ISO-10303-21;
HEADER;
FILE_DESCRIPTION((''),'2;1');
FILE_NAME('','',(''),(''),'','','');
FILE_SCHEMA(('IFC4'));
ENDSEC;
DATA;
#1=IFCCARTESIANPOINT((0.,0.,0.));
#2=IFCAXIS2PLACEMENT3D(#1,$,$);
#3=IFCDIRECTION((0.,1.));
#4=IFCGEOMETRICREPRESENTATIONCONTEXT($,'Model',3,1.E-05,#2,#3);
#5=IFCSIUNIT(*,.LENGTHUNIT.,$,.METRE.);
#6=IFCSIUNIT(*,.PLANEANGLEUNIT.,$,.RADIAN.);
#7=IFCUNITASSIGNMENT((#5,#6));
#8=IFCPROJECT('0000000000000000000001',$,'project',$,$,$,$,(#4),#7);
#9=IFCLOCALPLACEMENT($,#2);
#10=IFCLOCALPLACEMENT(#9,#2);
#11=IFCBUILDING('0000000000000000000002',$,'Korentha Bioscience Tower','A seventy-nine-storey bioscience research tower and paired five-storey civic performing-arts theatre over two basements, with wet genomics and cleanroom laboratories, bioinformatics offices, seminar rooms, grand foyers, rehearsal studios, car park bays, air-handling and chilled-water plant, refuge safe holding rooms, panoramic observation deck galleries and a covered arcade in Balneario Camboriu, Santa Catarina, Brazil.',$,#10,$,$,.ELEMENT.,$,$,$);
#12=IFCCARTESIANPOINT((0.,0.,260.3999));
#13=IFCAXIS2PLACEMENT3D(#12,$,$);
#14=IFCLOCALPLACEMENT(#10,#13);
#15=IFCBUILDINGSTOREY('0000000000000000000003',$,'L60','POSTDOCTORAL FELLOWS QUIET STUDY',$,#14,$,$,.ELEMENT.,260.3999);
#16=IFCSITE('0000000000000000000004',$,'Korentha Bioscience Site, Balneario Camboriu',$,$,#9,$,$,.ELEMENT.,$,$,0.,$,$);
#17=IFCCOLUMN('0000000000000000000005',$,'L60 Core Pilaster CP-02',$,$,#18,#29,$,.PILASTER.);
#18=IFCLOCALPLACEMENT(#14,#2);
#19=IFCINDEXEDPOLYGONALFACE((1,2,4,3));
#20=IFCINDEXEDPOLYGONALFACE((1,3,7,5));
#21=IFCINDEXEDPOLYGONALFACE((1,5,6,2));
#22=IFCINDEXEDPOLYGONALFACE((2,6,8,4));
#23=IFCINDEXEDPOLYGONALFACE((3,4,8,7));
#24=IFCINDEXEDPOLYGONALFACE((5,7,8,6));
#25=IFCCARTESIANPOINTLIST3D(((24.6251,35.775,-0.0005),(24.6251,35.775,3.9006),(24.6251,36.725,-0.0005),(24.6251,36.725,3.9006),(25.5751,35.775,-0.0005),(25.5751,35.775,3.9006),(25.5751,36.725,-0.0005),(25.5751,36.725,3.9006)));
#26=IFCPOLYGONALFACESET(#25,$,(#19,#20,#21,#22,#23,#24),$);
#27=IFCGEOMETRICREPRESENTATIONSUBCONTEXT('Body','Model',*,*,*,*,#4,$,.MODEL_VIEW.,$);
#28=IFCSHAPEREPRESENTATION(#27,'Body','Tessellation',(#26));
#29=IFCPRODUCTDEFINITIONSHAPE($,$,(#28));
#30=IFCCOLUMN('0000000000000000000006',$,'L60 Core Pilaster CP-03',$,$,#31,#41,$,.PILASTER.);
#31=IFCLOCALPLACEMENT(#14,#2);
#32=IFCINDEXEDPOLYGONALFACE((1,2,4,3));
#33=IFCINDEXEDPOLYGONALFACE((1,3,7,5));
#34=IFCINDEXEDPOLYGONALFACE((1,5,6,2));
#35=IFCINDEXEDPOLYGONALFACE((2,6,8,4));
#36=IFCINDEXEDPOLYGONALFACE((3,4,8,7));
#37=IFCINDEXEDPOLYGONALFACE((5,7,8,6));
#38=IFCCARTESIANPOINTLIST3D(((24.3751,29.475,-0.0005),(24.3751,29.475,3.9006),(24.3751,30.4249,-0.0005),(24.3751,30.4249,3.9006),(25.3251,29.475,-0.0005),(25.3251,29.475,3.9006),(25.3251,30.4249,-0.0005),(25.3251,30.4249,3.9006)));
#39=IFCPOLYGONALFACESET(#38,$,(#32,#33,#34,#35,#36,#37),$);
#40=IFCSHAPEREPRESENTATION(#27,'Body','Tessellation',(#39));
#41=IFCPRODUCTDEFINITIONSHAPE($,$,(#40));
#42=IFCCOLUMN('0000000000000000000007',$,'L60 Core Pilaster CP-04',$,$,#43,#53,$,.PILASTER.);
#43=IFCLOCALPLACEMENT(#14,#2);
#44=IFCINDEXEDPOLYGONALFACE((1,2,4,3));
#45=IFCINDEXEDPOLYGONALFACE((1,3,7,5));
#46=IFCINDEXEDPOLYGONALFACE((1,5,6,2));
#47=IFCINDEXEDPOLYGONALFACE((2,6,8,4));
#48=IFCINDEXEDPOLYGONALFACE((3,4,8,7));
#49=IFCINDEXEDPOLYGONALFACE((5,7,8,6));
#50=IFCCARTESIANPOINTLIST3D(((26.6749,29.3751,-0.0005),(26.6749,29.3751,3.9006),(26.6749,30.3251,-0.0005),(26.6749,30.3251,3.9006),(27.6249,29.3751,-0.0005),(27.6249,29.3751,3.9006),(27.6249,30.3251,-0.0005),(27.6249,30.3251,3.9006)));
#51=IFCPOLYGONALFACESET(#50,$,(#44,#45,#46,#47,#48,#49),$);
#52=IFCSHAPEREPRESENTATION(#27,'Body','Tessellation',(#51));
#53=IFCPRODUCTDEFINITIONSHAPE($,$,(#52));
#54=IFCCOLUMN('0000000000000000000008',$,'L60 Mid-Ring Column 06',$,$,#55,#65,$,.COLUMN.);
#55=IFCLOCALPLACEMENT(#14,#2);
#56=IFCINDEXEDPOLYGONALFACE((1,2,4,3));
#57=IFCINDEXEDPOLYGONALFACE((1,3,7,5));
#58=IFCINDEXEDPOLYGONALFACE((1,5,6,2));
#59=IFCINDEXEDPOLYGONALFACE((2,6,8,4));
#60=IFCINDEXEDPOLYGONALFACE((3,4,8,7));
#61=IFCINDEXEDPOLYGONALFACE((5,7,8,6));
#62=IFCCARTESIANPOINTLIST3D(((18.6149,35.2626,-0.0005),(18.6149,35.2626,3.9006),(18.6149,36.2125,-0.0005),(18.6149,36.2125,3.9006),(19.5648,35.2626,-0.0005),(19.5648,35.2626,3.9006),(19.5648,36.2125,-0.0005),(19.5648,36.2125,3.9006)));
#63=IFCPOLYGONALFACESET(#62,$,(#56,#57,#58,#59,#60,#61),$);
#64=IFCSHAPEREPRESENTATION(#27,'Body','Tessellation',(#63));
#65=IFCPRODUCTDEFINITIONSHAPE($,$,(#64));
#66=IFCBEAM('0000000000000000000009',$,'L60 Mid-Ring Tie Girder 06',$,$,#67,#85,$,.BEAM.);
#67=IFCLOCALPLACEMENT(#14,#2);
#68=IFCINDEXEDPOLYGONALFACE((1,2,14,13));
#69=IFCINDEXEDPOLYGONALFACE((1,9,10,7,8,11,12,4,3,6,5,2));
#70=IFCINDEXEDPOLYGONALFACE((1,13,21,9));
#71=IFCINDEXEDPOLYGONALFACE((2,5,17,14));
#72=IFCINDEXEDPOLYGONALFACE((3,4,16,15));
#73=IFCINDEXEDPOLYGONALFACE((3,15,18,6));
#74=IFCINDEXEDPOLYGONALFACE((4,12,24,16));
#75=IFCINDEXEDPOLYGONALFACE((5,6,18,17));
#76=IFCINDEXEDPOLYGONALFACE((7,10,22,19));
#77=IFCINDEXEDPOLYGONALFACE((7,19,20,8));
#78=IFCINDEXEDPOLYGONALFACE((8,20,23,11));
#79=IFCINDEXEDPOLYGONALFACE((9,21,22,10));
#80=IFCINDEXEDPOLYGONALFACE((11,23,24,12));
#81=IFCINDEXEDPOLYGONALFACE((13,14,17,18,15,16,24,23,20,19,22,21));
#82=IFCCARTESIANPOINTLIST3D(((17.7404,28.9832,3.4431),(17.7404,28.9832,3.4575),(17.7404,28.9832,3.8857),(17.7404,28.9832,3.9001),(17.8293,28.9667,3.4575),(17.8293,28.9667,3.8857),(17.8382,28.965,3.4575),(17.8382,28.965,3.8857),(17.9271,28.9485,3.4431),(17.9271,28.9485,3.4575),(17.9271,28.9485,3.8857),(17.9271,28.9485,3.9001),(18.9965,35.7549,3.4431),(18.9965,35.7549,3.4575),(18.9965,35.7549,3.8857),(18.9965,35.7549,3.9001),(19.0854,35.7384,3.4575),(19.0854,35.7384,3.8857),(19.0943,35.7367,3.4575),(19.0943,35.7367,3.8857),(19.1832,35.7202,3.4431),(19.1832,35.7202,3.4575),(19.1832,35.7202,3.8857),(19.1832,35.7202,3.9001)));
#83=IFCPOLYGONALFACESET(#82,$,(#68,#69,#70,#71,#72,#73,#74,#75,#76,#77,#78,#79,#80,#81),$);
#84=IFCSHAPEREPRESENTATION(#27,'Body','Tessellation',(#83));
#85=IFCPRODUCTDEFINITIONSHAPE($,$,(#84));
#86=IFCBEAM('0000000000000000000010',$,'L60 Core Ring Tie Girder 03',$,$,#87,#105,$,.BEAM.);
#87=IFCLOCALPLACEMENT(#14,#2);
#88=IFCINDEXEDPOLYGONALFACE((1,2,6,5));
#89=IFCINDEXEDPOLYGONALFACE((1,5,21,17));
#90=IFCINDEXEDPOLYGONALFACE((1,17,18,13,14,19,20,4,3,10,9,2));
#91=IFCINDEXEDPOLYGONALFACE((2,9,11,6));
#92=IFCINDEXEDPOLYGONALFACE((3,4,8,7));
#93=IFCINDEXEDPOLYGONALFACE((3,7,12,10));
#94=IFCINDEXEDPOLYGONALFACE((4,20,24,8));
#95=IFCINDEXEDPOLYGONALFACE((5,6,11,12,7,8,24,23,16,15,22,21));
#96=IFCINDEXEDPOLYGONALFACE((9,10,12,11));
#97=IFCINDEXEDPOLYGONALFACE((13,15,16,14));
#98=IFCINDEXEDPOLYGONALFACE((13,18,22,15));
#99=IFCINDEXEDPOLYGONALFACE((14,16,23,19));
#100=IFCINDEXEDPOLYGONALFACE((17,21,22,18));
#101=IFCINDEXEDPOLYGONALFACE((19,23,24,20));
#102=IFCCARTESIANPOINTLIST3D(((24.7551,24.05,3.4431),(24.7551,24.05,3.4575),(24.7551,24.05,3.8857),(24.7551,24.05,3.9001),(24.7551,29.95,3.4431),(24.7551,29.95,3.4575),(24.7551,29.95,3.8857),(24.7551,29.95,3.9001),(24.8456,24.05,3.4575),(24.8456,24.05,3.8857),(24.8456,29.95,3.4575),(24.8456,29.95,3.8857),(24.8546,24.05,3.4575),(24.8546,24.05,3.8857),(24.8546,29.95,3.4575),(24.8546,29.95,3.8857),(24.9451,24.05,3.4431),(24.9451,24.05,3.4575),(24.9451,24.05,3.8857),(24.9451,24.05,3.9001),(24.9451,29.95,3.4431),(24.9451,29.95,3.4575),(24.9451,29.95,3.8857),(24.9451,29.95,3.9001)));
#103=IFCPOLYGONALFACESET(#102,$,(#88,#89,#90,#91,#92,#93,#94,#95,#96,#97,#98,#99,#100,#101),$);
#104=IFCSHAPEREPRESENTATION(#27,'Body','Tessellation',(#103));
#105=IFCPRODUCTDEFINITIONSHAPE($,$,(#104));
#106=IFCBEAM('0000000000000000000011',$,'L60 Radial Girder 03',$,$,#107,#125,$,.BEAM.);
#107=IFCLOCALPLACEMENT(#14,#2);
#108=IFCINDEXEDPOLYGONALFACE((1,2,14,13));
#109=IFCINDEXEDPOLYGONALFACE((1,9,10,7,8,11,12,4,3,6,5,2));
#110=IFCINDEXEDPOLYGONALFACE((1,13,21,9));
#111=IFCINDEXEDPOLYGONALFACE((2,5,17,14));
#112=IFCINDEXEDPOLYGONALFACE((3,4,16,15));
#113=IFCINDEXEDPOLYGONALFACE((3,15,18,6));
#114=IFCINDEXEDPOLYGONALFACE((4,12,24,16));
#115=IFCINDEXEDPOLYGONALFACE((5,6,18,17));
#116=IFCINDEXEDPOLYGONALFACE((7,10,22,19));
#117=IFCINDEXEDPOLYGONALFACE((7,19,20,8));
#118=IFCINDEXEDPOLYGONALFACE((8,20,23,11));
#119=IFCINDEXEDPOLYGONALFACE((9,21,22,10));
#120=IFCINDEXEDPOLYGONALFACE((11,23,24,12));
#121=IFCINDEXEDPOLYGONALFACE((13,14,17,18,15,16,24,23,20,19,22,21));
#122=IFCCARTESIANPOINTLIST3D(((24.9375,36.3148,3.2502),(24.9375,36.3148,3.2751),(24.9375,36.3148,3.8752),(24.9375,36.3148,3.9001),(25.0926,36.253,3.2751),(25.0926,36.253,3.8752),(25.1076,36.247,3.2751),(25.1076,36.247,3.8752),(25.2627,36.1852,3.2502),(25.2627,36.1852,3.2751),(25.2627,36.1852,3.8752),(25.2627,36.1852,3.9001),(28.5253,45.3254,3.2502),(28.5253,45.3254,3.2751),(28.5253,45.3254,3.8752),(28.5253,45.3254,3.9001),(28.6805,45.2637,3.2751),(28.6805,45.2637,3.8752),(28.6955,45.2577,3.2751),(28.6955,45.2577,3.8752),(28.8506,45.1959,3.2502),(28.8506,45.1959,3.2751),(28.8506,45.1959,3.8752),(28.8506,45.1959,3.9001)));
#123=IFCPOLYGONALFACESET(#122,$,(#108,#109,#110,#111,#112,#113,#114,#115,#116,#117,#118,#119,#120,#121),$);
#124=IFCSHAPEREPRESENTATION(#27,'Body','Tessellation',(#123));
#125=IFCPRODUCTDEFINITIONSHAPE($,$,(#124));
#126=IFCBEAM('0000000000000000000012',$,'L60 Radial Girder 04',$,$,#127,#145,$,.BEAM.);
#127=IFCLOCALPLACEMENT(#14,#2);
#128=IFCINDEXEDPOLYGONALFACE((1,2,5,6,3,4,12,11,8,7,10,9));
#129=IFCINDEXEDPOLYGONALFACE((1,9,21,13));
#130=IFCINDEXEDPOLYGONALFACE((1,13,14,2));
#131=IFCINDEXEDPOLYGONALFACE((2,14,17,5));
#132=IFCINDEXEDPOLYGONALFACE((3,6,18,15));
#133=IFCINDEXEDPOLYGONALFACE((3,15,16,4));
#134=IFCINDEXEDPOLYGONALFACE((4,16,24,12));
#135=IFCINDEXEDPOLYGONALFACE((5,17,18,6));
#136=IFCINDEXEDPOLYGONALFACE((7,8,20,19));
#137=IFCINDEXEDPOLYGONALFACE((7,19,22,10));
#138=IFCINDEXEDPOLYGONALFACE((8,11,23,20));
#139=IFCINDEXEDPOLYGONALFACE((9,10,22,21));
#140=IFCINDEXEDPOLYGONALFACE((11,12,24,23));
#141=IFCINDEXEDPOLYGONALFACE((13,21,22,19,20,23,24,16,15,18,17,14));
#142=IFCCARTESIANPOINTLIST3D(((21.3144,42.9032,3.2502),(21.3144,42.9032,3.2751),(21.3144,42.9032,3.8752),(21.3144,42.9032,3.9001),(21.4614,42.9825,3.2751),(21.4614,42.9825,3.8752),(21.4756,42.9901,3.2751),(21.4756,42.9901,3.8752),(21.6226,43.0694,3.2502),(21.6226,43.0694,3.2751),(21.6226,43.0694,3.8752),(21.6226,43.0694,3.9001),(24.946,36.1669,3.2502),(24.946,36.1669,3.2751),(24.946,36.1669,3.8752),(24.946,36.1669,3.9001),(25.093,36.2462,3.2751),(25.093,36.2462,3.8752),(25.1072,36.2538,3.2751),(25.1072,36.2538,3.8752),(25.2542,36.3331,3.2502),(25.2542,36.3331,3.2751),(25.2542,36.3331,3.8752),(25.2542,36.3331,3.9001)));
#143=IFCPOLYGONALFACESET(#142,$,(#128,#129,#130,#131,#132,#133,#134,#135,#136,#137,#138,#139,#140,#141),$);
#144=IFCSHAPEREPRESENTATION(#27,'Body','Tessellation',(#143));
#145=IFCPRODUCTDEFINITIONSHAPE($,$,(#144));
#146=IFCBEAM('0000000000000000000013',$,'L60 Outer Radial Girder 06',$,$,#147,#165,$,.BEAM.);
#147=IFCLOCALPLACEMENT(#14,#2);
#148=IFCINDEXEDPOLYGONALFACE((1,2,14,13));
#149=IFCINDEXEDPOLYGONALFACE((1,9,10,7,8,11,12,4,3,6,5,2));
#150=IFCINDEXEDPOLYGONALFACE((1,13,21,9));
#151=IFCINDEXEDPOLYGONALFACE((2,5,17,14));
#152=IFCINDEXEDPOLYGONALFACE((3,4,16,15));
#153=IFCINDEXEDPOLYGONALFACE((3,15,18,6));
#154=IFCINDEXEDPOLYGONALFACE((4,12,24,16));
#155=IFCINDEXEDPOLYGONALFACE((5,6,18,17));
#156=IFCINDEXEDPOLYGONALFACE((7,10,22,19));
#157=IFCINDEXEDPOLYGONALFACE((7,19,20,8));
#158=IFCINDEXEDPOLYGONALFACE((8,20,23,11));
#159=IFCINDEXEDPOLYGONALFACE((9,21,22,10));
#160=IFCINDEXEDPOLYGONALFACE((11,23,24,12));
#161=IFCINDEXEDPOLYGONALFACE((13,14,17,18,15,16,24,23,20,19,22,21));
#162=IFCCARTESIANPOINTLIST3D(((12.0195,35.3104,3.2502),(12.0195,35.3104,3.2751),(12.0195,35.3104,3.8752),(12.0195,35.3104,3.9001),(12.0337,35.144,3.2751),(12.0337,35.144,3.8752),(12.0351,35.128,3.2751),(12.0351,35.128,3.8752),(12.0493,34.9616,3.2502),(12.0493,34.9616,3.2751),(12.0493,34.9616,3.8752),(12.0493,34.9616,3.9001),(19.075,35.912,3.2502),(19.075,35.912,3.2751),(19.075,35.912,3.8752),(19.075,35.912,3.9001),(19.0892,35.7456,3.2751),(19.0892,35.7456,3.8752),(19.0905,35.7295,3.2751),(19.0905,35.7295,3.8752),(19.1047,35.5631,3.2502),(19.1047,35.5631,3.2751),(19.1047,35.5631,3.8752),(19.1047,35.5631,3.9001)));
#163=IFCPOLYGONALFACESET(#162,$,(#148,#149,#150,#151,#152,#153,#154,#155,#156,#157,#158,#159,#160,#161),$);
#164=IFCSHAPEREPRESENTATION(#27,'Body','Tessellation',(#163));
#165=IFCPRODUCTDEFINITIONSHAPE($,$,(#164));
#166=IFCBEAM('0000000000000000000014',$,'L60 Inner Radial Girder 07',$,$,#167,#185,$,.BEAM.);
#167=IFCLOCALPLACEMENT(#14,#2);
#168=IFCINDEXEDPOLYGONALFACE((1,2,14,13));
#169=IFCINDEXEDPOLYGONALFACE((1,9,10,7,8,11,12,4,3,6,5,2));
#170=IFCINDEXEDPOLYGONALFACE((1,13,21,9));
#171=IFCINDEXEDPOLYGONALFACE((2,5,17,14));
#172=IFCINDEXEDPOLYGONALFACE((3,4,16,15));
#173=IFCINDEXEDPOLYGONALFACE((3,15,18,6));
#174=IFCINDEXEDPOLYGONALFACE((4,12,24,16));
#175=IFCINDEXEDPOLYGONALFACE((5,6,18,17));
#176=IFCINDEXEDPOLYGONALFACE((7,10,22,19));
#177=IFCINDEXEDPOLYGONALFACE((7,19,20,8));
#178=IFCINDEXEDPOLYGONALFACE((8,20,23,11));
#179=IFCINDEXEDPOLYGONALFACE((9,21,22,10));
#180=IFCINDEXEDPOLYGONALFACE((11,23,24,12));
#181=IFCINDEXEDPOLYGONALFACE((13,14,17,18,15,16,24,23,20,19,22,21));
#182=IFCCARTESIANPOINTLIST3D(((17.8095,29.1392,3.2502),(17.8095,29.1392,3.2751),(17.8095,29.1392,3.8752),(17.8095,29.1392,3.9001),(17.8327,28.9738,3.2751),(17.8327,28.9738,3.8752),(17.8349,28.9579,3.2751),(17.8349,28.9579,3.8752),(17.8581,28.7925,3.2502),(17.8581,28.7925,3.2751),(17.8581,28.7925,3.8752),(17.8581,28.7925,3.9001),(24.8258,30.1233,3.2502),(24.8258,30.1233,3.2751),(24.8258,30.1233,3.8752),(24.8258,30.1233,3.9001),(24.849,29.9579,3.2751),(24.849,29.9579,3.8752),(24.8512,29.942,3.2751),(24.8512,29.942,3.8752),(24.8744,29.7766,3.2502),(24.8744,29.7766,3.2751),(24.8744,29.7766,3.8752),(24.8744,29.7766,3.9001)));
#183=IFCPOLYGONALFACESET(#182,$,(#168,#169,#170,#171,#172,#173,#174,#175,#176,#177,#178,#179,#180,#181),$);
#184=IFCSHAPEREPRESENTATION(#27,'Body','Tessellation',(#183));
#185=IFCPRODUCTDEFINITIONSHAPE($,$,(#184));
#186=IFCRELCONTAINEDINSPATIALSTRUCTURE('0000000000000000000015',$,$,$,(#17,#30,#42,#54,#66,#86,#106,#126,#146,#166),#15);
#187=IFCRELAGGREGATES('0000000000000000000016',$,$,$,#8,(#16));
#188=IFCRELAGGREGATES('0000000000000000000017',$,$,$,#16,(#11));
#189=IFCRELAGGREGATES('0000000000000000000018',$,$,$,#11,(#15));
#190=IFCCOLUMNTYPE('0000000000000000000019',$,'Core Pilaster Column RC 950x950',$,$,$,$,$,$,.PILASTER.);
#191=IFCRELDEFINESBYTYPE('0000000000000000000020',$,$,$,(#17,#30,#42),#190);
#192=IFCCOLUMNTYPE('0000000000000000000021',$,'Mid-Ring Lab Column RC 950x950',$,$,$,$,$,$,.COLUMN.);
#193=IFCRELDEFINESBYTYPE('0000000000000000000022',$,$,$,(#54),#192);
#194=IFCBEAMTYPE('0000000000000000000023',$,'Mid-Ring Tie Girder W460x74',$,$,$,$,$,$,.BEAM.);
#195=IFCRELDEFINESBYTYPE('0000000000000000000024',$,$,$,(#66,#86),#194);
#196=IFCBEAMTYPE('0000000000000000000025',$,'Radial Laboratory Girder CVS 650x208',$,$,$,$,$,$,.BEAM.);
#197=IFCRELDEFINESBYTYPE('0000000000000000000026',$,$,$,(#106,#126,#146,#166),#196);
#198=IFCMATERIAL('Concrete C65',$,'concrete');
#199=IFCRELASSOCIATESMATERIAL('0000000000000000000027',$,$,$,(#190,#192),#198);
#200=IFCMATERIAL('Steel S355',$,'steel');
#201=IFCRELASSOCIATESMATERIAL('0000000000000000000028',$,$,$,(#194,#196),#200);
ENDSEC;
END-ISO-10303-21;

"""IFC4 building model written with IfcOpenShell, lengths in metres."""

from ifc_helpers import new_model, si_unit, direction, frame, origin, origin_2d, place, context, subcontext, project, spatial, rectangle, i_section, extrude, material, material_profile, profile_set, type_object, element, save


model = new_model("IFC4")

# Units and contexts
model_context = context("Model", 3, precision=1e-05, world=origin(), true_north=direction((0.0, 1.0)))
body_context = subcontext(model_context, "Body", "Model", "MODEL_VIEW")
ifc_project = project(units=[si_unit("LENGTHUNIT", "METRE"), si_unit("PLANEANGLEUNIT", "RADIAN")], contexts=[model_context])

# Site, building, storey
site_placement = place(None, origin())
site = spatial("IfcSite", under=ifc_project, at=site_placement, Name="Korentha Bioscience Site, Balneario Camboriu", CompositionType="ELEMENT", RefElevation=0.0)
building_placement = place(site_placement, origin())
building = spatial("IfcBuilding", under=site, at=building_placement, Name="Korentha Bioscience Tower", Description="A seventy-nine-storey bioscience research tower and paired five-storey civic performing-arts theatre over two basements, with wet genomics and cleanroom laboratories, bioinformatics offices, seminar rooms, grand foyers, rehearsal studios, car park bays, air-handling and chilled-water plant, refuge safe holding rooms, panoramic observation deck galleries and a covered arcade in Balneario Camboriu, Santa Catarina, Brazil.", CompositionType="ELEMENT")
storey_placement = place(building_placement, frame((0.0, 0.0, 260.3999)))
storey = spatial("IfcBuildingStorey", under=building, at=storey_placement, Name="L60", Description="POSTDOCTORAL FELLOWS QUIET STUDY", CompositionType="ELEMENT", Elevation=260.3999)

# Columns
ifc_material_1 = material(Name="Concrete C65", Category="concrete")
ifc_material_profile_1 = material_profile(ifc_material_1, rectangle(XDim=0.95, YDim=0.95, at=origin_2d()), Name="Concrete C65")
ifc_profile_set_1 = profile_set([ifc_material_profile_1], Name="Concrete C65 (COL-CP09)")
column_type_1 = type_object("IfcColumnType", Name="Core Pilaster Column RC 950x950", PredefinedType="PILASTER", material=ifc_profile_set_1)
for number, where, z_axis, x_axis, name in (
    (1, (25.1001, 36.25, -0.0005), (0.0, 0.0, 1.0), (1.0, 0.0, 0.0), "L60 Core Pilaster CP-02"),
    (2, (24.8501, 29.95, -0.0005), (0.0, 0.0, 1.0), (1.0, 0.0, 0.0), "L60 Core Pilaster CP-03"),
    (3, (27.1499, 29.8501, -0.0005), (0.0, 0.0, 1.0), (1.0, 0.0, 0.0), "L60 Core Pilaster CP-04"),
):
    element("IfcColumn", number, at=place(storey_placement, frame(where, z_axis=z_axis, x_axis=x_axis)), inside=storey, type_object=column_type_1, Name=name, PredefinedType="PILASTER", context=body_context, shape_type="SweptSolid", body=[
        extrude(rectangle(XDim=0.95, YDim=0.95, at=origin_2d()), origin(), (0.0, 0.0, 1.0), 3.9011),
    ])
ifc_material_profile_2 = material_profile(ifc_material_1, rectangle(XDim=0.95, YDim=0.95, at=origin_2d()), Name="Concrete C65")
ifc_profile_set_2 = profile_set([ifc_material_profile_2], Name="Concrete C65 (COL-MR09)")
column_type_2 = type_object("IfcColumnType", Name="Mid-Ring Lab Column RC 950x950", PredefinedType="COLUMN", material=ifc_profile_set_2)
column_placement = place(storey_placement, frame((19.0898, 35.7375, -0.0005), z_axis=(0.0, 0.0, 1.0), x_axis=(1.0, 0.0, 0.0)))
element("IfcColumn", 4, at=column_placement, inside=storey, type_object=column_type_2, Name="L60 Mid-Ring Column 06", PredefinedType="COLUMN", context=body_context, shape_type="SweptSolid", body=[
    extrude(rectangle(XDim=0.95, YDim=0.95, at=origin_2d()), origin(), (0.0, 0.0, 1.0), 3.9011),
])

# Beams
ifc_material_2 = material(Name="Steel S355", Category="steel")
ifc_material_profile_3 = material_profile(ifc_material_2, i_section(OverallWidth=0.1899, OverallDepth=0.457, WebThickness=0.009, FlangeThickness=0.0144, at=origin_2d()), Name="Steel S355")
ifc_profile_set_3 = profile_set([ifc_material_profile_3], Name="Steel S355 (MB-460)")
beam_type_1 = type_object("IfcBeamType", Name="Mid-Ring Tie Girder W460x74", PredefinedType="BEAM", material=ifc_profile_set_3)
beam_1_placement = place(storey_placement, frame((19.0898, 35.7375, 3.6716), z_axis=(-0.182381, -0.983228, 0.0), x_axis=(0.983228, -0.182381, 0.0)))
element("IfcBeam", 5, at=beam_1_placement, inside=storey, type_object=beam_type_1, Name="L60 Mid-Ring Tie Girder 06", PredefinedType="BEAM", context=body_context, shape_type="SweptSolid", body=[
    extrude(i_section(OverallWidth=0.1899, OverallDepth=0.457, WebThickness=0.009, FlangeThickness=0.0144, at=origin_2d()), origin(), (0.0, 0.0, 1.0), 6.8872),
])
beam_2_placement = place(storey_placement, frame((24.8501, 29.95, 3.6716), z_axis=(0.0, -1.0, 0.0), x_axis=(1.0, 0.0, 0.0)))
element("IfcBeam", 6, at=beam_2_placement, inside=storey, type_object=beam_type_1, Name="L60 Core Ring Tie Girder 03", PredefinedType="BEAM", context=body_context, shape_type="SweptSolid", body=[
    extrude(i_section(OverallWidth=0.1899, OverallDepth=0.457, WebThickness=0.009, FlangeThickness=0.0144, at=origin_2d()), origin(), (0.0, 0.0, 1.0), 5.8999),
])
ifc_material_profile_4 = material_profile(ifc_material_2, i_section(OverallWidth=0.3501, OverallDepth=0.6499, WebThickness=0.0161, FlangeThickness=0.0249, at=origin_2d()), Name="Steel S355")
ifc_profile_set_4 = profile_set([ifc_material_profile_4], Name="Steel S355 (RB-650)")
beam_type_2 = type_object("IfcBeamType", Name="Radial Laboratory Girder CVS 650x208", PredefinedType="BEAM", material=ifc_profile_set_4)
beam_3_placement = place(storey_placement, frame((25.1001, 36.25, 3.5752), z_axis=(0.369932, 0.929059, 0.0), x_axis=(-0.929059, 0.369932, 0.0)))
element("IfcBeam", 7, at=beam_3_placement, inside=storey, type_object=beam_type_2, Name="L60 Radial Girder 03", PredefinedType="BEAM", context=body_context, shape_type="SweptSolid", body=[
    extrude(i_section(OverallWidth=0.3501, OverallDepth=0.6499, WebThickness=0.0161, FlangeThickness=0.0249, at=origin_2d()), origin(), (0.0, 0.0, 1.0), 9.6987),
])
beam_4_placement = place(storey_placement, frame((25.1001, 36.25, 3.5752), z_axis=(-0.474539, 0.880234, 0.0), x_axis=(-0.880234, -0.474539, 0.0)))
element("IfcBeam", 8, at=beam_4_placement, inside=storey, type_object=beam_type_2, Name="L60 Radial Girder 04", PredefinedType="BEAM", context=body_context, shape_type="SweptSolid", body=[
    extrude(i_section(OverallWidth=0.3501, OverallDepth=0.6499, WebThickness=0.0161, FlangeThickness=0.0249, at=origin_2d()), origin(), (0.0, 0.0, 1.0), 7.6528),
])
beam_5_placement = place(storey_placement, frame((19.0898, 35.7375, 3.5752), z_axis=(-0.996385, -0.084954, 0.0), x_axis=(0.084954, -0.996385, 0.0)))
element("IfcBeam", 9, at=beam_5_placement, inside=storey, type_object=beam_type_2, Name="L60 Outer Radial Girder 06", PredefinedType="BEAM", context=body_context, shape_type="SweptSolid", body=[
    extrude(i_section(OverallWidth=0.3501, OverallDepth=0.6499, WebThickness=0.0161, FlangeThickness=0.0249, at=origin_2d()), origin(), (0.0, 0.0, 1.0), 7.0811),
])
beam_6_placement = place(storey_placement, frame((24.8501, 29.95, 3.5752), z_axis=(-0.990306, -0.138903, 0.0), x_axis=(0.138903, -0.990306, 0.0)))
element("IfcBeam", 10, at=beam_6_placement, inside=storey, type_object=beam_type_2, Name="L60 Inner Radial Girder 07", PredefinedType="BEAM", context=body_context, shape_type="SweptSolid", body=[
    extrude(i_section(OverallWidth=0.3501, OverallDepth=0.6499, WebThickness=0.0161, FlangeThickness=0.0249, at=origin_2d()), origin(), (0.0, 0.0, 1.0), 7.085),
])

save(model, "model.ifc")
